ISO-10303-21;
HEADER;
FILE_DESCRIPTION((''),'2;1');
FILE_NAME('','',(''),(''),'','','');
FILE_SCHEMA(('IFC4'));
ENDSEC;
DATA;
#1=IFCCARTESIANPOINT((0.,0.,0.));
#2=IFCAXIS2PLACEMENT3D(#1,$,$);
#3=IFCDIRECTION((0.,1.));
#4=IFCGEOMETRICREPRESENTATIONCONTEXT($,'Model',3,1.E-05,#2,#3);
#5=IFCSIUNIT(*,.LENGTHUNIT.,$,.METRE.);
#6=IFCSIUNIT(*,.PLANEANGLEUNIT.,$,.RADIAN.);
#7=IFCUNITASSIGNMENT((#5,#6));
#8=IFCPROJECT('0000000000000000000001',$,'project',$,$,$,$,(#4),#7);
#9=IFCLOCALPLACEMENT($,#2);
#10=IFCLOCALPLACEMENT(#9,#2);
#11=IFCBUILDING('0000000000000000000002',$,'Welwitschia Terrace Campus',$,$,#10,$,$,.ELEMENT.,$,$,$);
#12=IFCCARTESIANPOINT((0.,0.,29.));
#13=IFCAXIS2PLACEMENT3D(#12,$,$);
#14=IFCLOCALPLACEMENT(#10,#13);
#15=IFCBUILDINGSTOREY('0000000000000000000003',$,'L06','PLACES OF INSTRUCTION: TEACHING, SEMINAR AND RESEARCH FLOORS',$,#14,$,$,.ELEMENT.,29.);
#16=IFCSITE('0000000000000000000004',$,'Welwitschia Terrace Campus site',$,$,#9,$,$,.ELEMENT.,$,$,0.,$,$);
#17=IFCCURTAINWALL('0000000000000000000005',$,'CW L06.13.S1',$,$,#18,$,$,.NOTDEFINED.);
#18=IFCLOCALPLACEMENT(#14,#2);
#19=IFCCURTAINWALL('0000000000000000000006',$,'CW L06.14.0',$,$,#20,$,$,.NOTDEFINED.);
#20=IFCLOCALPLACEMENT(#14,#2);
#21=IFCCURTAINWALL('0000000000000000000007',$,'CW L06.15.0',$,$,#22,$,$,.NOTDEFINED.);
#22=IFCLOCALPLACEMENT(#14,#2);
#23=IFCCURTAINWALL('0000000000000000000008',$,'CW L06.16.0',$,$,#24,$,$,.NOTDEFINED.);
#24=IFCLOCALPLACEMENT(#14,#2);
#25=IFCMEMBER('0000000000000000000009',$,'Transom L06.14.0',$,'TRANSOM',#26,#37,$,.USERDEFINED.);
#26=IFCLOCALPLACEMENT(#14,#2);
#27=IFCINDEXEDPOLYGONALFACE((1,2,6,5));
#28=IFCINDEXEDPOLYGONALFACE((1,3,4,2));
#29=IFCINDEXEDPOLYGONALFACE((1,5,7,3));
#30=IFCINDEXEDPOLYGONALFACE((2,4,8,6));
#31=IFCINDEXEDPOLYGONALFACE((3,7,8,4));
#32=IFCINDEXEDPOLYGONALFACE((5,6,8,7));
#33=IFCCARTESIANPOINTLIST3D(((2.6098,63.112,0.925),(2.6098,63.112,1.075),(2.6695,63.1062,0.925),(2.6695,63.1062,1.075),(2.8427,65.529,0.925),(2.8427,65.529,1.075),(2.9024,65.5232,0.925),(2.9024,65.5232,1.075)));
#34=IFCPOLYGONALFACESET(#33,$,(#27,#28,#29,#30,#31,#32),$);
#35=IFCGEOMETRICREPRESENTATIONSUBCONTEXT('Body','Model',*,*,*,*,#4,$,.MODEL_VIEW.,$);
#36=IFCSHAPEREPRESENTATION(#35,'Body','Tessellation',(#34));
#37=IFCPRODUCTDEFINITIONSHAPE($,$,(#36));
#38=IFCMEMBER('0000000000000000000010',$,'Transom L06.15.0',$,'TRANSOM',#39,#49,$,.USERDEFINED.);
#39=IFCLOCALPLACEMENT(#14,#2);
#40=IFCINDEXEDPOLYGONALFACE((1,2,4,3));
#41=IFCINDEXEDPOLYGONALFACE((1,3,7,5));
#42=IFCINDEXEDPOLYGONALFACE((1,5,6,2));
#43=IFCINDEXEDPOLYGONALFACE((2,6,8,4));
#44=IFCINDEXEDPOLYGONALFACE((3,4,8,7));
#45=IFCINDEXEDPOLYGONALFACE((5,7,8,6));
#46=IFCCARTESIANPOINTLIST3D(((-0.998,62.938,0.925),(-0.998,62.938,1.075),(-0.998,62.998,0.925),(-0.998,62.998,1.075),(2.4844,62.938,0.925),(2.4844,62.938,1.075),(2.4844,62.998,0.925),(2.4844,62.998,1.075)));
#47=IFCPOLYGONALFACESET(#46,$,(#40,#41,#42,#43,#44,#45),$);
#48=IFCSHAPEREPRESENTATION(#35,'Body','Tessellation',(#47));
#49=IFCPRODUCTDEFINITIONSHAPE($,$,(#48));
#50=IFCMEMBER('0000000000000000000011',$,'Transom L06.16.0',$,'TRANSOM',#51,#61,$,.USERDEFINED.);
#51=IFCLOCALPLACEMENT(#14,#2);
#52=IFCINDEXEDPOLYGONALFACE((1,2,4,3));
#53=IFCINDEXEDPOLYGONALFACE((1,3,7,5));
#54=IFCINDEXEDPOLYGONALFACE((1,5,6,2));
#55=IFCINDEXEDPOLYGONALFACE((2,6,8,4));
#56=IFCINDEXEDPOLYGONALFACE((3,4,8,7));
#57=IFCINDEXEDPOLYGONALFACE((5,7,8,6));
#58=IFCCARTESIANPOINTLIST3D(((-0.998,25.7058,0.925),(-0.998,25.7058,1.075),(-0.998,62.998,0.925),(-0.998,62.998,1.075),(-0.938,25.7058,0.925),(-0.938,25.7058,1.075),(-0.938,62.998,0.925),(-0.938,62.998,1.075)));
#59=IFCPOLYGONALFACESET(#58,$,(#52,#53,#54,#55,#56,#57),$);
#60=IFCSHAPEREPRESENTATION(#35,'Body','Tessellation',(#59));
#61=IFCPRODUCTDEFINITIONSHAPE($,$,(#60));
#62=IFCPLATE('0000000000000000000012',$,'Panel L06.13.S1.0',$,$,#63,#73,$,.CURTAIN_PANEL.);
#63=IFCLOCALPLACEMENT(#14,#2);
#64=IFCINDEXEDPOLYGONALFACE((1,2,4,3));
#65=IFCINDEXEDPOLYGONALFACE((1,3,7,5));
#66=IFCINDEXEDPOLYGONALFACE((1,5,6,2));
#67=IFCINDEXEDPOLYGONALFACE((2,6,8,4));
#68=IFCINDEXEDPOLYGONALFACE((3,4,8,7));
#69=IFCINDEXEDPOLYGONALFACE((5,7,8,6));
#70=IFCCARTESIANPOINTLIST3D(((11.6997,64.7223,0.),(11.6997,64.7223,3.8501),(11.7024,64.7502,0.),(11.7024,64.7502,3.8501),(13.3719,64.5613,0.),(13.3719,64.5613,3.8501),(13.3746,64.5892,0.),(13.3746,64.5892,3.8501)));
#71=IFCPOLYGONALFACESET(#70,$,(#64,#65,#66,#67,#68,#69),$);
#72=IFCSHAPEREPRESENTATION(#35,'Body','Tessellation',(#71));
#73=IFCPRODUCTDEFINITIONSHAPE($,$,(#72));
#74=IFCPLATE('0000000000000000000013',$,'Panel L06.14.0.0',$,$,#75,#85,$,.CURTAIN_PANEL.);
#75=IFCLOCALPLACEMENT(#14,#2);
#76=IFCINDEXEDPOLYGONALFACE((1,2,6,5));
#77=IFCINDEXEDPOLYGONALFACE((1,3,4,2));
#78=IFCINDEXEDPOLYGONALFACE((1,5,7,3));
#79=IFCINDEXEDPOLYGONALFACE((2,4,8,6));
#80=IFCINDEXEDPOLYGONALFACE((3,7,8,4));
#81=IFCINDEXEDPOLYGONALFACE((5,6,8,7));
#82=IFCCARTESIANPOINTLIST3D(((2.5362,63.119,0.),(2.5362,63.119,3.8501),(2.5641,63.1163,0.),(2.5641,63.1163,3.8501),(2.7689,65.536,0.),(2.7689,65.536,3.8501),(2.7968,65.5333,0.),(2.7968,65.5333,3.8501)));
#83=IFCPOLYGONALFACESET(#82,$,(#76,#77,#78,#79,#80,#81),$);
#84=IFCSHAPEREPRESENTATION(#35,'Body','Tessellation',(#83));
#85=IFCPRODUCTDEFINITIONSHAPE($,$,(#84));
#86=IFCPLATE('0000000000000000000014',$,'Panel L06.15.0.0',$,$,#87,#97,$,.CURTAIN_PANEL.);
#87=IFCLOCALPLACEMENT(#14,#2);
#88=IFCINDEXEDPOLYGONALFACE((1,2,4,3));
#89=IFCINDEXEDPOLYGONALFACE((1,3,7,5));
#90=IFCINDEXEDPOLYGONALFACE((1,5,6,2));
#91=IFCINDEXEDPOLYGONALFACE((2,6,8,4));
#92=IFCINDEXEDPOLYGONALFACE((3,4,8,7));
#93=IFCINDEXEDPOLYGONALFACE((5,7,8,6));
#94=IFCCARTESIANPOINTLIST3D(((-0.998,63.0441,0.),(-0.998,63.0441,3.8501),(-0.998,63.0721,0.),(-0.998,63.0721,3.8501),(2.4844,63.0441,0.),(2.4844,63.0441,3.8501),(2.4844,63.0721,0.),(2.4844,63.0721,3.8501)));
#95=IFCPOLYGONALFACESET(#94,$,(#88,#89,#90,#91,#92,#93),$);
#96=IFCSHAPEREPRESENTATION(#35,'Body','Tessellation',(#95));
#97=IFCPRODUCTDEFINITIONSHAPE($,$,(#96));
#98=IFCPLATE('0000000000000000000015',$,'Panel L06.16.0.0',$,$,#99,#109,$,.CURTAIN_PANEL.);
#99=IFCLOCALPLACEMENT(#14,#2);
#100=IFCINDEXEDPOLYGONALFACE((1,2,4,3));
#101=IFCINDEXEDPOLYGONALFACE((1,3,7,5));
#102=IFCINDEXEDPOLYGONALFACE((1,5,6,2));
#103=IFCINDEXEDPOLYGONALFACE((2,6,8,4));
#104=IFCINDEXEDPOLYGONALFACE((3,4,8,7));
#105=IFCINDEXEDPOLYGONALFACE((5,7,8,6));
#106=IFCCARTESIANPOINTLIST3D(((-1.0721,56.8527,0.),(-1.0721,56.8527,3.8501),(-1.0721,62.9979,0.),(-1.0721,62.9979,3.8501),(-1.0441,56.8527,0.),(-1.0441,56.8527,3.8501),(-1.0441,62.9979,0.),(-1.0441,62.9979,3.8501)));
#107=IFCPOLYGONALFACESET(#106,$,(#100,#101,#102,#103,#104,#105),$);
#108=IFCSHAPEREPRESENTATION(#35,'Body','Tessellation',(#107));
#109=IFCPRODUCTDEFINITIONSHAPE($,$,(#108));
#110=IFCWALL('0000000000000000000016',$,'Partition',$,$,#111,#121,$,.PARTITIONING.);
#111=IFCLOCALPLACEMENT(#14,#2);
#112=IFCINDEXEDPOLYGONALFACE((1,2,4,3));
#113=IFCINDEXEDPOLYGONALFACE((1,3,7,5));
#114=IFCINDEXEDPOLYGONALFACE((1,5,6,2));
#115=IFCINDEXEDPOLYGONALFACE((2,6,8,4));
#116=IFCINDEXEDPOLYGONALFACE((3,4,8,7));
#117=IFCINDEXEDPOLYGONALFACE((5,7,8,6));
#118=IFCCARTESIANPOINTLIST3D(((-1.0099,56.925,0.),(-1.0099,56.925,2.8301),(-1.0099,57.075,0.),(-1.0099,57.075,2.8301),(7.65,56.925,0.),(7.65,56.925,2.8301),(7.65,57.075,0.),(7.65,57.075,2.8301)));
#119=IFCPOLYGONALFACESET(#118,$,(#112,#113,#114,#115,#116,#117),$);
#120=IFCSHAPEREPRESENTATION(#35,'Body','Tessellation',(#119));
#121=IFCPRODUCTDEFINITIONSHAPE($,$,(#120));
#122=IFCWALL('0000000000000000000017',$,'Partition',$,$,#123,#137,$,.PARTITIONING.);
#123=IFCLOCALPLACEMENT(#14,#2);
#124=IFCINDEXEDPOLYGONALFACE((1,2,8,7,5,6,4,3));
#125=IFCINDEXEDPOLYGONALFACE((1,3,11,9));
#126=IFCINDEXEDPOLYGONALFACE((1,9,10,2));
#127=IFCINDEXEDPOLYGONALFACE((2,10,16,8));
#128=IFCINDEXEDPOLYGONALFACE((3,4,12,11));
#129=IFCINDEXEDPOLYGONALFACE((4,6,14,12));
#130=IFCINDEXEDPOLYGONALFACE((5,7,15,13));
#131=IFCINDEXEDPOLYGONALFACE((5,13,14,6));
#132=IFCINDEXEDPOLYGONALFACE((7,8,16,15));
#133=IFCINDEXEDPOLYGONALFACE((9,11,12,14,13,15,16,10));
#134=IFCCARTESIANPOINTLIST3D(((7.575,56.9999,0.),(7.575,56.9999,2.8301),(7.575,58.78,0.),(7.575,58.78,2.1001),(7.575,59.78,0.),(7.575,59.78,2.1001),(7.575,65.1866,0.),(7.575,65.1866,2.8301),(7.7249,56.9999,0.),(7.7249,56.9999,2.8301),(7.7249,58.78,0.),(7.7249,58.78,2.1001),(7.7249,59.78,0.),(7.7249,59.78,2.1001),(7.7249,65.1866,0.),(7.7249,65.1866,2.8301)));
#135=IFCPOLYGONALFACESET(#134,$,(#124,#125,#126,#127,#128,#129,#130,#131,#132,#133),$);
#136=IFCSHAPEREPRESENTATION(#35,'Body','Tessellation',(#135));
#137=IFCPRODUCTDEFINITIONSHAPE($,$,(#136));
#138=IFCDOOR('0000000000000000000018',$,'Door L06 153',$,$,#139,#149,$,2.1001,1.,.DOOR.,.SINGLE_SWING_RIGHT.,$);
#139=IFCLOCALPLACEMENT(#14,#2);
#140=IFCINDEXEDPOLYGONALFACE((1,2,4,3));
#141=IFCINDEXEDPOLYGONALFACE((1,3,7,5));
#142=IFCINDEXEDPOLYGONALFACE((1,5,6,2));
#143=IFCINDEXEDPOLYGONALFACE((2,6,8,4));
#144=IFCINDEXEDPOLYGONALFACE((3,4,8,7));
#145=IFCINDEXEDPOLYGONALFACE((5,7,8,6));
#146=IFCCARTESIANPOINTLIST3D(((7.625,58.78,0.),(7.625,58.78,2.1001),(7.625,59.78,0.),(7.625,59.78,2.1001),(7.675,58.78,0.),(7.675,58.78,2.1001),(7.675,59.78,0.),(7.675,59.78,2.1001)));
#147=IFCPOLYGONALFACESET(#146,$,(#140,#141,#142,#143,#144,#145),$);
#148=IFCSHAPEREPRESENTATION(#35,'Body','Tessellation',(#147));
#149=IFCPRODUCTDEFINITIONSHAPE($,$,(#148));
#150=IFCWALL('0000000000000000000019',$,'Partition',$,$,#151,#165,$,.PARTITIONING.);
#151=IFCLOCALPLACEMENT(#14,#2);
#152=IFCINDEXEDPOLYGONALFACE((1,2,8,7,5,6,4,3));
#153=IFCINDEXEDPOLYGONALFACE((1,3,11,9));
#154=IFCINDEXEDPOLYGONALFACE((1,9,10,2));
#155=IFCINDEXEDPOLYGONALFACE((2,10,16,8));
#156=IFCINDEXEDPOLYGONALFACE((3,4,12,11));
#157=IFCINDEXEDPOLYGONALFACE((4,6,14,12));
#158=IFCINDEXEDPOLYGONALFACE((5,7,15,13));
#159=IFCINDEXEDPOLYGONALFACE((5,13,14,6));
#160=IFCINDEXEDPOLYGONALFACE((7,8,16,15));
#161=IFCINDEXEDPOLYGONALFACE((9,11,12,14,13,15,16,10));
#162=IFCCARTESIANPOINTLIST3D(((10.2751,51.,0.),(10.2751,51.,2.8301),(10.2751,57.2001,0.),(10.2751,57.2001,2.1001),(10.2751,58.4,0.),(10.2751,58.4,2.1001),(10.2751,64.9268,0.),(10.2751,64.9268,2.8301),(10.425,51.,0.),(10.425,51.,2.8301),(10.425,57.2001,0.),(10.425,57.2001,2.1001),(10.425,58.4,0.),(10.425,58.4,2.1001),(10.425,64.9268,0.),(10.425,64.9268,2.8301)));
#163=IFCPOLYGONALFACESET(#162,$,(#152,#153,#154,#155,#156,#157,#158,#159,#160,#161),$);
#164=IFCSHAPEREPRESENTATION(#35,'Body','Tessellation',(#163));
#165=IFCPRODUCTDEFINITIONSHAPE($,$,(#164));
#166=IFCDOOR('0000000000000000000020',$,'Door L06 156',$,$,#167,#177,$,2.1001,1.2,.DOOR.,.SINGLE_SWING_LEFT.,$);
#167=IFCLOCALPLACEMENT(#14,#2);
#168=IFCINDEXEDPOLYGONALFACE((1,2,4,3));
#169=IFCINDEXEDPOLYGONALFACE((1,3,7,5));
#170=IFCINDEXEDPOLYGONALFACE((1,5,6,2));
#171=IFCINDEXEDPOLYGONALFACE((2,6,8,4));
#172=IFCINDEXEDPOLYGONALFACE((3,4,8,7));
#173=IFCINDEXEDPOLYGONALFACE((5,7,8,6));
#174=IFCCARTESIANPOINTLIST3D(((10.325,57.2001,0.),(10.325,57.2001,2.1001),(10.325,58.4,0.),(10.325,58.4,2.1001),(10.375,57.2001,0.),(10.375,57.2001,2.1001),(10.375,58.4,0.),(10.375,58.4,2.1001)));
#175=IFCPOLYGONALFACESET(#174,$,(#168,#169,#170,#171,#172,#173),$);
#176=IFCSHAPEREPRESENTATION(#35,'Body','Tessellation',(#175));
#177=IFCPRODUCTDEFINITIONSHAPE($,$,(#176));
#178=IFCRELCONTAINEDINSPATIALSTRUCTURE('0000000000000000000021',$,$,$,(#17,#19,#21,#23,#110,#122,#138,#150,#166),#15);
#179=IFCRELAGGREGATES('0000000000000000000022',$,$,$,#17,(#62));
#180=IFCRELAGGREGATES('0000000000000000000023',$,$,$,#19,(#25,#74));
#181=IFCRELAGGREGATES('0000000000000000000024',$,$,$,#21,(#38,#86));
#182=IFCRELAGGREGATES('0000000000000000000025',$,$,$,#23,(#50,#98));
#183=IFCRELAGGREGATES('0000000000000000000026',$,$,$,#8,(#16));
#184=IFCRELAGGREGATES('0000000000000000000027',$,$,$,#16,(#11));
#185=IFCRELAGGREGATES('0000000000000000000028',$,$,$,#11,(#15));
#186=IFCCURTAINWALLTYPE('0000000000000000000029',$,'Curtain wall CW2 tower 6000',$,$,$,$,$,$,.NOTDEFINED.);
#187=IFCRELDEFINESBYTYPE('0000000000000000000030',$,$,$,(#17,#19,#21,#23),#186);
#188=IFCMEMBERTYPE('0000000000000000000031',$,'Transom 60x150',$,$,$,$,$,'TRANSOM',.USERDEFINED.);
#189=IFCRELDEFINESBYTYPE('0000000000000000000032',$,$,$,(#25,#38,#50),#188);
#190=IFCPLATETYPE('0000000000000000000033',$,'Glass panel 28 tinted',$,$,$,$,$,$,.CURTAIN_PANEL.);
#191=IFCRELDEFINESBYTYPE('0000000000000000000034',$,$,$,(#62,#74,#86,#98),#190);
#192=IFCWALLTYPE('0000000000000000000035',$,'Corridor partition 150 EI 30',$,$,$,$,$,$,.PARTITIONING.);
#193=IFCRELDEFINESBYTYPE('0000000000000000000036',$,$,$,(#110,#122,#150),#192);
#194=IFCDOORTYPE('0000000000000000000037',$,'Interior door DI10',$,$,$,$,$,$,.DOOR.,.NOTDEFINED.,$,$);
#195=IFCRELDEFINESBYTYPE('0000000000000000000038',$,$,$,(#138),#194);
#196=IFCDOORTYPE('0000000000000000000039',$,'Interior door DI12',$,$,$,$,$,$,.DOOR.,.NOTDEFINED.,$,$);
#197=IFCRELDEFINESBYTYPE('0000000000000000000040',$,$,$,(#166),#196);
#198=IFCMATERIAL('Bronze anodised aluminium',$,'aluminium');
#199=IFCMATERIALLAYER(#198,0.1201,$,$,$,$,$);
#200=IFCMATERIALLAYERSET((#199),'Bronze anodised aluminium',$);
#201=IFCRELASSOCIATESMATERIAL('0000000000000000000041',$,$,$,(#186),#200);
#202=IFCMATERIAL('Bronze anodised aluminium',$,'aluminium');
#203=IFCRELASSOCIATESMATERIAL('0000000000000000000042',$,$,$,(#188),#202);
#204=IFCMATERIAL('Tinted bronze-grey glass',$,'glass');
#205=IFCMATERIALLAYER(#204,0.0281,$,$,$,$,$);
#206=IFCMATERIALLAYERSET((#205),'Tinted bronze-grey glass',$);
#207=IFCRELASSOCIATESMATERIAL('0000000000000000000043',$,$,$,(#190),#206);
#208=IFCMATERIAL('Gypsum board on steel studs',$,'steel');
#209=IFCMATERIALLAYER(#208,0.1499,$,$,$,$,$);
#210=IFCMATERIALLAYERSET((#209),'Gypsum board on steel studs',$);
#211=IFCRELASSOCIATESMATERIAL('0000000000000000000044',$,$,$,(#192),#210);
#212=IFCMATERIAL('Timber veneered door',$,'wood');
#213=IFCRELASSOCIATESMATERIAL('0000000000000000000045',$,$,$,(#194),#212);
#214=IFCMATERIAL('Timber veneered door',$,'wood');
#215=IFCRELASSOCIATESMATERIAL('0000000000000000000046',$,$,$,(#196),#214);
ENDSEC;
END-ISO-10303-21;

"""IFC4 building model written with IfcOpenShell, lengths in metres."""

from ifc_helpers import new_model, si_unit, direction, frame, frame_2d, origin, origin_2d, place, context, subcontext, project, spatial, rectangle, extrude, material, layer, layer_set, material_profile, profile_set, type_object, element, fill, aggregate, save


model = new_model("IFC4")

# Units and contexts
model_context = context("Model", 3, precision=1e-05, world=origin(), true_north=direction((0.0, 1.0)))
body_context = subcontext(model_context, "Body", "Model", "MODEL_VIEW")
ifc_project = project(units=[si_unit("LENGTHUNIT", "METRE"), si_unit("PLANEANGLEUNIT", "RADIAN")], contexts=[model_context])

# Site, building, storey
site_placement = place(None, origin())
site = spatial("IfcSite", under=ifc_project, at=site_placement, Name="Welwitschia Terrace Campus site", CompositionType="ELEMENT", RefElevation=0.0)
building_placement = place(site_placement, origin())
building = spatial("IfcBuilding", under=site, at=building_placement, Name="Welwitschia Terrace Campus", CompositionType="ELEMENT")
storey_placement = place(building_placement, frame((0.0, 0.0, 29.0)))
storey = spatial("IfcBuildingStorey", under=building, at=storey_placement, Name="L06", Description="PLACES OF INSTRUCTION: TEACHING, SEMINAR AND RESEARCH FLOORS", CompositionType="ELEMENT", Elevation=29.0)

# Curtain wall
ifc_material_1 = material(Name="Bronze anodised aluminium", Category="aluminium")
ifc_layer_1 = layer(ifc_material_1, 0.1201)
ifc_layer_set_1 = layer_set([ifc_layer_1], Name="Bronze anodised aluminium")
curtain_wall_type = type_object("IfcCurtainWallType", Name="Curtain wall CW2 tower 6000", PredefinedType="NOTDEFINED", material=ifc_layer_set_1)
curtain_wall_1_placement = place(storey_placement, origin())
curtain_wall_1 = element("IfcCurtainWall", 1, at=curtain_wall_1_placement, inside=storey, type_object=curtain_wall_type, Name="CW L06.13.S1", PredefinedType="NOTDEFINED")

# Curtain walls
curtain_wall_2_placement = place(storey_placement, origin())
curtain_wall_2 = element("IfcCurtainWall", 2, at=curtain_wall_2_placement, inside=storey, type_object=curtain_wall_type, Name="CW L06.14.0", PredefinedType="NOTDEFINED")
curtain_wall_3_placement = place(storey_placement, origin())
curtain_wall_3 = element("IfcCurtainWall", 3, at=curtain_wall_3_placement, inside=storey, type_object=curtain_wall_type, Name="CW L06.15.0", PredefinedType="NOTDEFINED")

# Curtain wall
curtain_wall_4_placement = place(storey_placement, origin())
curtain_wall_4 = element("IfcCurtainWall", 4, at=curtain_wall_4_placement, inside=storey, type_object=curtain_wall_type, Name="CW L06.16.0", PredefinedType="NOTDEFINED")

# Members
ifc_material_2 = material(Name="Bronze anodised aluminium", Category="aluminium")
ifc_material_profile_1 = material_profile(ifc_material_2, rectangle(XDim=0.0601, YDim=0.1499, at=origin_2d()))
ifc_profile_set_1 = profile_set([ifc_material_profile_1], Name="Bronze anodised aluminium")
member_type_1 = type_object("IfcMemberType", Name="Transom 60x150", ElementType="TRANSOM", PredefinedType="USERDEFINED", material=ifc_profile_set_1)
member_1_placement = place(storey_placement, frame((2.8726, 65.5261, 1.0), z_axis=(-0.095919, -0.995389, 0.0), x_axis=(0.995389, -0.095919, 0.0)))
member_1 = element("IfcMember", 5, at=member_1_placement, type_object=member_type_1, Name="Transom L06.14.0", ObjectType="TRANSOM", PredefinedType="USERDEFINED", context=body_context, shape_type="SweptSolid", body=[
    extrude(rectangle(XDim=0.0601, YDim=0.1499, at=origin_2d()), origin(), (0.0, 0.0, 1.0), 2.4282),
])
member_2_placement = place(storey_placement, frame((2.4844, 62.968, 1.0), z_axis=(-1.0, 0.0, 0.0), x_axis=(0.0, -1.0, 0.0)))
member_2 = element("IfcMember", 6, at=member_2_placement, type_object=member_type_1, Name="Transom L06.15.0", ObjectType="TRANSOM", PredefinedType="USERDEFINED", context=body_context, shape_type="SweptSolid", body=[
    extrude(rectangle(XDim=0.0601, YDim=0.1499, at=origin_2d()), origin(), (0.0, 0.0, 1.0), 3.4824),
])
member_3_placement = place(storey_placement, frame((-0.968, 62.998, 1.0), z_axis=(0.0, -1.0, 0.0), x_axis=(1.0, 0.0, 0.0)))
member_3 = element("IfcMember", 7, at=member_3_placement, type_object=member_type_1, Name="Transom L06.16.0", ObjectType="TRANSOM", PredefinedType="USERDEFINED", context=body_context, shape_type="SweptSolid", body=[
    extrude(rectangle(XDim=0.0601, YDim=0.1499, at=origin_2d()), origin(), (0.0, 0.0, 1.0), 37.2922),
])

# Plates
ifc_material_3 = material(Name="Tinted bronze-grey glass", Category="glass")
ifc_layer_2 = layer(ifc_material_3, 0.0281)
ifc_layer_set_2 = layer_set([ifc_layer_2], Name="Tinted bronze-grey glass")
plate_type = type_object("IfcPlateType", Name="Glass panel 28 tinted", PredefinedType="CURTAIN_PANEL", material=ifc_layer_set_2)
plate_1_placement = place(storey_placement, frame((12.5371, 64.6558, 0.0), z_axis=(0.0, 0.0, 1.0), x_axis=(-0.995396, 0.095846, 0.0)))
plate_1 = element("IfcPlate", 8, at=plate_1_placement, type_object=plate_type, Name="Panel L06.13.S1.0", PredefinedType="CURTAIN_PANEL", context=body_context, shape_type="SweptSolid", body=[
    extrude(rectangle(XDim=1.6799, YDim=0.0281, at=origin_2d()), origin(), (0.0, 0.0, 1.0), 3.8501),
])
aggregate(curtain_wall_1, [plate_1])
plate_2_placement = place(storey_placement, frame((2.6665, 64.3262, 0.0), z_axis=(0.0, 0.0, 1.0), x_axis=(-0.095846, -0.995396, 0.0)))
plate_2 = element("IfcPlate", 9, at=plate_2_placement, type_object=plate_type, Name="Panel L06.14.0.0", PredefinedType="CURTAIN_PANEL", context=body_context, shape_type="SweptSolid", body=[
    extrude(rectangle(XDim=2.4282, YDim=0.0281, at=origin_2d()), origin(), (0.0, 0.0, 1.0), 3.8501),
])
aggregate(curtain_wall_2, [member_1, plate_2])
plate_3_placement = place(storey_placement, frame((0.7432, 63.0581, 0.0), z_axis=(0.0, 0.0, 1.0), x_axis=(-1.0, 0.0, 0.0)))
plate_3 = element("IfcPlate", 10, at=plate_3_placement, type_object=plate_type, Name="Panel L06.15.0.0", PredefinedType="CURTAIN_PANEL", context=body_context, shape_type="SweptSolid", body=[
    extrude(rectangle(XDim=3.4824, YDim=0.0281, at=origin_2d()), origin(), (0.0, 0.0, 1.0), 3.8501),
])
aggregate(curtain_wall_3, [member_2, plate_3])
plate_4_placement = place(storey_placement, frame((-1.0581, 59.9253, 0.0), z_axis=(0.0, 0.0, 1.0), x_axis=(0.0, -1.0, 0.0)))
plate_4 = element("IfcPlate", 11, at=plate_4_placement, type_object=plate_type, Name="Panel L06.16.0.0", PredefinedType="CURTAIN_PANEL", context=body_context, shape_type="SweptSolid", body=[
    extrude(rectangle(XDim=6.1453, YDim=0.0281, at=origin_2d()), origin(), (0.0, 0.0, 1.0), 3.8501),
])
aggregate(curtain_wall_4, [member_3, plate_4])

# Wall
ifc_material_4 = material(Name="Gypsum board on steel studs", Category="steel")
ifc_layer_3 = layer(ifc_material_4, 0.1499)
ifc_layer_set_3 = layer_set([ifc_layer_3], Name="Gypsum board on steel studs")
wall_type_1 = type_object("IfcWallType", Name="Corridor partition 150 EI 30", PredefinedType="PARTITIONING", material=ifc_layer_set_3)
wall_1_placement = place(storey_placement, frame((-1.01, 57.0, 0.0), z_axis=(0.0, 0.0, 1.0), x_axis=(1.0, 0.0, 0.0)))
element("IfcWall", 12, at=wall_1_placement, inside=storey, type_object=wall_type_1, Name="Partition", PredefinedType="PARTITIONING", context=body_context, shape_type="SweptSolid", body=[
    extrude(rectangle(XDim=8.6599, YDim=0.1499, at=frame_2d((4.3301, 0.0))), origin(), (0.0, 0.0, 1.0), 2.8301),
])

# Walls, openings, doors
wall_2_placement = place(storey_placement, frame((7.6499, 57.0, 0.0), z_axis=(0.0, 0.0, 1.0), x_axis=(0.0, 1.0, 0.0)))
wall_2 = element("IfcWall", 13, at=wall_2_placement, inside=storey, type_object=wall_type_1, Name="Partition", PredefinedType="PARTITIONING", context=body_context, shape_type="SweptSolid", body=[
    extrude(rectangle(XDim=8.1868, YDim=0.1499, at=frame_2d((4.0933, 0.0))), origin(), (0.0, 0.0, 1.0), 2.8301),
])
opening_1_placement = place(wall_2_placement, frame((1.78, 0.0, 0.0)))
opening_1 = element("IfcOpeningElement", 14, at=opening_1_placement, cuts=wall_2, PredefinedType="OPENING", context=body_context, shape_type="SweptSolid", body=[
    extrude(rectangle(XDim=1.0, YDim=2.1001, at=frame_2d((0.5, 1.05))), frame((0.0, 0.085, 0.0), z_axis=(0.0, -1.0, 0.0), x_axis=(1.0, 0.0, 0.0)), (0.0, 0.0, 1.0), 0.1699),
])
ifc_material_5 = material(Name="Timber veneered door", Category="wood")
door_type_1 = type_object("IfcDoorType", Name="Interior door DI10", OperationType="NOTDEFINED", PredefinedType="DOOR", material=ifc_material_5)
door_1_placement = place(opening_1_placement, origin())
door_1 = element("IfcDoor", 15, at=door_1_placement, inside=storey, type_object=door_type_1, Name="Door L06 153", OperationType="SINGLE_SWING_RIGHT", OverallHeight=2.1001, OverallWidth=1.0, PredefinedType="DOOR", context=body_context, shape_type="SweptSolid", body=[
    extrude(rectangle(XDim=1.0, YDim=2.1001, at=frame_2d((0.5, 1.05))), frame((0.0, 0.0249, 0.0), z_axis=(0.0, -1.0, 0.0), x_axis=(1.0, 0.0, 0.0)), (0.0, 0.0, 1.0), 0.05),
])
fill(opening_1, door_1)
wall_3_placement = place(storey_placement, frame((10.3501, 64.9268, 0.0), z_axis=(0.0, 0.0, 1.0), x_axis=(0.0, -1.0, 0.0)))
wall_3 = element("IfcWall", 16, at=wall_3_placement, inside=storey, type_object=wall_type_1, Name="Partition", PredefinedType="PARTITIONING", context=body_context, shape_type="SweptSolid", body=[
    extrude(rectangle(XDim=13.9268, YDim=0.1499, at=frame_2d((6.9634, 0.0))), origin(), (0.0, 0.0, 1.0), 2.8301),
])
opening_2_placement = place(wall_3_placement, frame((6.5266, 0.0, 0.0)))
opening_2 = element("IfcOpeningElement", 17, at=opening_2_placement, cuts=wall_3, PredefinedType="OPENING", context=body_context, shape_type="SweptSolid", body=[
    extrude(rectangle(XDim=1.2, YDim=2.1001, at=frame_2d((0.6001, 1.05))), frame((0.0, 0.085, 0.0), z_axis=(0.0, -1.0, 0.0), x_axis=(1.0, 0.0, 0.0)), (0.0, 0.0, 1.0), 0.1699),
])
ifc_material_6 = material(Name="Timber veneered door", Category="wood")
door_type_2 = type_object("IfcDoorType", Name="Interior door DI12", OperationType="NOTDEFINED", PredefinedType="DOOR", material=ifc_material_6)
door_2_placement = place(opening_2_placement, origin())
door_2 = element("IfcDoor", 18, at=door_2_placement, inside=storey, type_object=door_type_2, Name="Door L06 156", OperationType="SINGLE_SWING_LEFT", OverallHeight=2.1001, OverallWidth=1.2, PredefinedType="DOOR", context=body_context, shape_type="SweptSolid", body=[
    extrude(rectangle(XDim=1.2, YDim=2.1001, at=frame_2d((0.6001, 1.05))), frame((0.0, 0.0249, 0.0), z_axis=(0.0, -1.0, 0.0), x_axis=(1.0, 0.0, 0.0)), (0.0, 0.0, 1.0), 0.05),
])
fill(opening_2, door_2)

save(model, "model.ifc")
